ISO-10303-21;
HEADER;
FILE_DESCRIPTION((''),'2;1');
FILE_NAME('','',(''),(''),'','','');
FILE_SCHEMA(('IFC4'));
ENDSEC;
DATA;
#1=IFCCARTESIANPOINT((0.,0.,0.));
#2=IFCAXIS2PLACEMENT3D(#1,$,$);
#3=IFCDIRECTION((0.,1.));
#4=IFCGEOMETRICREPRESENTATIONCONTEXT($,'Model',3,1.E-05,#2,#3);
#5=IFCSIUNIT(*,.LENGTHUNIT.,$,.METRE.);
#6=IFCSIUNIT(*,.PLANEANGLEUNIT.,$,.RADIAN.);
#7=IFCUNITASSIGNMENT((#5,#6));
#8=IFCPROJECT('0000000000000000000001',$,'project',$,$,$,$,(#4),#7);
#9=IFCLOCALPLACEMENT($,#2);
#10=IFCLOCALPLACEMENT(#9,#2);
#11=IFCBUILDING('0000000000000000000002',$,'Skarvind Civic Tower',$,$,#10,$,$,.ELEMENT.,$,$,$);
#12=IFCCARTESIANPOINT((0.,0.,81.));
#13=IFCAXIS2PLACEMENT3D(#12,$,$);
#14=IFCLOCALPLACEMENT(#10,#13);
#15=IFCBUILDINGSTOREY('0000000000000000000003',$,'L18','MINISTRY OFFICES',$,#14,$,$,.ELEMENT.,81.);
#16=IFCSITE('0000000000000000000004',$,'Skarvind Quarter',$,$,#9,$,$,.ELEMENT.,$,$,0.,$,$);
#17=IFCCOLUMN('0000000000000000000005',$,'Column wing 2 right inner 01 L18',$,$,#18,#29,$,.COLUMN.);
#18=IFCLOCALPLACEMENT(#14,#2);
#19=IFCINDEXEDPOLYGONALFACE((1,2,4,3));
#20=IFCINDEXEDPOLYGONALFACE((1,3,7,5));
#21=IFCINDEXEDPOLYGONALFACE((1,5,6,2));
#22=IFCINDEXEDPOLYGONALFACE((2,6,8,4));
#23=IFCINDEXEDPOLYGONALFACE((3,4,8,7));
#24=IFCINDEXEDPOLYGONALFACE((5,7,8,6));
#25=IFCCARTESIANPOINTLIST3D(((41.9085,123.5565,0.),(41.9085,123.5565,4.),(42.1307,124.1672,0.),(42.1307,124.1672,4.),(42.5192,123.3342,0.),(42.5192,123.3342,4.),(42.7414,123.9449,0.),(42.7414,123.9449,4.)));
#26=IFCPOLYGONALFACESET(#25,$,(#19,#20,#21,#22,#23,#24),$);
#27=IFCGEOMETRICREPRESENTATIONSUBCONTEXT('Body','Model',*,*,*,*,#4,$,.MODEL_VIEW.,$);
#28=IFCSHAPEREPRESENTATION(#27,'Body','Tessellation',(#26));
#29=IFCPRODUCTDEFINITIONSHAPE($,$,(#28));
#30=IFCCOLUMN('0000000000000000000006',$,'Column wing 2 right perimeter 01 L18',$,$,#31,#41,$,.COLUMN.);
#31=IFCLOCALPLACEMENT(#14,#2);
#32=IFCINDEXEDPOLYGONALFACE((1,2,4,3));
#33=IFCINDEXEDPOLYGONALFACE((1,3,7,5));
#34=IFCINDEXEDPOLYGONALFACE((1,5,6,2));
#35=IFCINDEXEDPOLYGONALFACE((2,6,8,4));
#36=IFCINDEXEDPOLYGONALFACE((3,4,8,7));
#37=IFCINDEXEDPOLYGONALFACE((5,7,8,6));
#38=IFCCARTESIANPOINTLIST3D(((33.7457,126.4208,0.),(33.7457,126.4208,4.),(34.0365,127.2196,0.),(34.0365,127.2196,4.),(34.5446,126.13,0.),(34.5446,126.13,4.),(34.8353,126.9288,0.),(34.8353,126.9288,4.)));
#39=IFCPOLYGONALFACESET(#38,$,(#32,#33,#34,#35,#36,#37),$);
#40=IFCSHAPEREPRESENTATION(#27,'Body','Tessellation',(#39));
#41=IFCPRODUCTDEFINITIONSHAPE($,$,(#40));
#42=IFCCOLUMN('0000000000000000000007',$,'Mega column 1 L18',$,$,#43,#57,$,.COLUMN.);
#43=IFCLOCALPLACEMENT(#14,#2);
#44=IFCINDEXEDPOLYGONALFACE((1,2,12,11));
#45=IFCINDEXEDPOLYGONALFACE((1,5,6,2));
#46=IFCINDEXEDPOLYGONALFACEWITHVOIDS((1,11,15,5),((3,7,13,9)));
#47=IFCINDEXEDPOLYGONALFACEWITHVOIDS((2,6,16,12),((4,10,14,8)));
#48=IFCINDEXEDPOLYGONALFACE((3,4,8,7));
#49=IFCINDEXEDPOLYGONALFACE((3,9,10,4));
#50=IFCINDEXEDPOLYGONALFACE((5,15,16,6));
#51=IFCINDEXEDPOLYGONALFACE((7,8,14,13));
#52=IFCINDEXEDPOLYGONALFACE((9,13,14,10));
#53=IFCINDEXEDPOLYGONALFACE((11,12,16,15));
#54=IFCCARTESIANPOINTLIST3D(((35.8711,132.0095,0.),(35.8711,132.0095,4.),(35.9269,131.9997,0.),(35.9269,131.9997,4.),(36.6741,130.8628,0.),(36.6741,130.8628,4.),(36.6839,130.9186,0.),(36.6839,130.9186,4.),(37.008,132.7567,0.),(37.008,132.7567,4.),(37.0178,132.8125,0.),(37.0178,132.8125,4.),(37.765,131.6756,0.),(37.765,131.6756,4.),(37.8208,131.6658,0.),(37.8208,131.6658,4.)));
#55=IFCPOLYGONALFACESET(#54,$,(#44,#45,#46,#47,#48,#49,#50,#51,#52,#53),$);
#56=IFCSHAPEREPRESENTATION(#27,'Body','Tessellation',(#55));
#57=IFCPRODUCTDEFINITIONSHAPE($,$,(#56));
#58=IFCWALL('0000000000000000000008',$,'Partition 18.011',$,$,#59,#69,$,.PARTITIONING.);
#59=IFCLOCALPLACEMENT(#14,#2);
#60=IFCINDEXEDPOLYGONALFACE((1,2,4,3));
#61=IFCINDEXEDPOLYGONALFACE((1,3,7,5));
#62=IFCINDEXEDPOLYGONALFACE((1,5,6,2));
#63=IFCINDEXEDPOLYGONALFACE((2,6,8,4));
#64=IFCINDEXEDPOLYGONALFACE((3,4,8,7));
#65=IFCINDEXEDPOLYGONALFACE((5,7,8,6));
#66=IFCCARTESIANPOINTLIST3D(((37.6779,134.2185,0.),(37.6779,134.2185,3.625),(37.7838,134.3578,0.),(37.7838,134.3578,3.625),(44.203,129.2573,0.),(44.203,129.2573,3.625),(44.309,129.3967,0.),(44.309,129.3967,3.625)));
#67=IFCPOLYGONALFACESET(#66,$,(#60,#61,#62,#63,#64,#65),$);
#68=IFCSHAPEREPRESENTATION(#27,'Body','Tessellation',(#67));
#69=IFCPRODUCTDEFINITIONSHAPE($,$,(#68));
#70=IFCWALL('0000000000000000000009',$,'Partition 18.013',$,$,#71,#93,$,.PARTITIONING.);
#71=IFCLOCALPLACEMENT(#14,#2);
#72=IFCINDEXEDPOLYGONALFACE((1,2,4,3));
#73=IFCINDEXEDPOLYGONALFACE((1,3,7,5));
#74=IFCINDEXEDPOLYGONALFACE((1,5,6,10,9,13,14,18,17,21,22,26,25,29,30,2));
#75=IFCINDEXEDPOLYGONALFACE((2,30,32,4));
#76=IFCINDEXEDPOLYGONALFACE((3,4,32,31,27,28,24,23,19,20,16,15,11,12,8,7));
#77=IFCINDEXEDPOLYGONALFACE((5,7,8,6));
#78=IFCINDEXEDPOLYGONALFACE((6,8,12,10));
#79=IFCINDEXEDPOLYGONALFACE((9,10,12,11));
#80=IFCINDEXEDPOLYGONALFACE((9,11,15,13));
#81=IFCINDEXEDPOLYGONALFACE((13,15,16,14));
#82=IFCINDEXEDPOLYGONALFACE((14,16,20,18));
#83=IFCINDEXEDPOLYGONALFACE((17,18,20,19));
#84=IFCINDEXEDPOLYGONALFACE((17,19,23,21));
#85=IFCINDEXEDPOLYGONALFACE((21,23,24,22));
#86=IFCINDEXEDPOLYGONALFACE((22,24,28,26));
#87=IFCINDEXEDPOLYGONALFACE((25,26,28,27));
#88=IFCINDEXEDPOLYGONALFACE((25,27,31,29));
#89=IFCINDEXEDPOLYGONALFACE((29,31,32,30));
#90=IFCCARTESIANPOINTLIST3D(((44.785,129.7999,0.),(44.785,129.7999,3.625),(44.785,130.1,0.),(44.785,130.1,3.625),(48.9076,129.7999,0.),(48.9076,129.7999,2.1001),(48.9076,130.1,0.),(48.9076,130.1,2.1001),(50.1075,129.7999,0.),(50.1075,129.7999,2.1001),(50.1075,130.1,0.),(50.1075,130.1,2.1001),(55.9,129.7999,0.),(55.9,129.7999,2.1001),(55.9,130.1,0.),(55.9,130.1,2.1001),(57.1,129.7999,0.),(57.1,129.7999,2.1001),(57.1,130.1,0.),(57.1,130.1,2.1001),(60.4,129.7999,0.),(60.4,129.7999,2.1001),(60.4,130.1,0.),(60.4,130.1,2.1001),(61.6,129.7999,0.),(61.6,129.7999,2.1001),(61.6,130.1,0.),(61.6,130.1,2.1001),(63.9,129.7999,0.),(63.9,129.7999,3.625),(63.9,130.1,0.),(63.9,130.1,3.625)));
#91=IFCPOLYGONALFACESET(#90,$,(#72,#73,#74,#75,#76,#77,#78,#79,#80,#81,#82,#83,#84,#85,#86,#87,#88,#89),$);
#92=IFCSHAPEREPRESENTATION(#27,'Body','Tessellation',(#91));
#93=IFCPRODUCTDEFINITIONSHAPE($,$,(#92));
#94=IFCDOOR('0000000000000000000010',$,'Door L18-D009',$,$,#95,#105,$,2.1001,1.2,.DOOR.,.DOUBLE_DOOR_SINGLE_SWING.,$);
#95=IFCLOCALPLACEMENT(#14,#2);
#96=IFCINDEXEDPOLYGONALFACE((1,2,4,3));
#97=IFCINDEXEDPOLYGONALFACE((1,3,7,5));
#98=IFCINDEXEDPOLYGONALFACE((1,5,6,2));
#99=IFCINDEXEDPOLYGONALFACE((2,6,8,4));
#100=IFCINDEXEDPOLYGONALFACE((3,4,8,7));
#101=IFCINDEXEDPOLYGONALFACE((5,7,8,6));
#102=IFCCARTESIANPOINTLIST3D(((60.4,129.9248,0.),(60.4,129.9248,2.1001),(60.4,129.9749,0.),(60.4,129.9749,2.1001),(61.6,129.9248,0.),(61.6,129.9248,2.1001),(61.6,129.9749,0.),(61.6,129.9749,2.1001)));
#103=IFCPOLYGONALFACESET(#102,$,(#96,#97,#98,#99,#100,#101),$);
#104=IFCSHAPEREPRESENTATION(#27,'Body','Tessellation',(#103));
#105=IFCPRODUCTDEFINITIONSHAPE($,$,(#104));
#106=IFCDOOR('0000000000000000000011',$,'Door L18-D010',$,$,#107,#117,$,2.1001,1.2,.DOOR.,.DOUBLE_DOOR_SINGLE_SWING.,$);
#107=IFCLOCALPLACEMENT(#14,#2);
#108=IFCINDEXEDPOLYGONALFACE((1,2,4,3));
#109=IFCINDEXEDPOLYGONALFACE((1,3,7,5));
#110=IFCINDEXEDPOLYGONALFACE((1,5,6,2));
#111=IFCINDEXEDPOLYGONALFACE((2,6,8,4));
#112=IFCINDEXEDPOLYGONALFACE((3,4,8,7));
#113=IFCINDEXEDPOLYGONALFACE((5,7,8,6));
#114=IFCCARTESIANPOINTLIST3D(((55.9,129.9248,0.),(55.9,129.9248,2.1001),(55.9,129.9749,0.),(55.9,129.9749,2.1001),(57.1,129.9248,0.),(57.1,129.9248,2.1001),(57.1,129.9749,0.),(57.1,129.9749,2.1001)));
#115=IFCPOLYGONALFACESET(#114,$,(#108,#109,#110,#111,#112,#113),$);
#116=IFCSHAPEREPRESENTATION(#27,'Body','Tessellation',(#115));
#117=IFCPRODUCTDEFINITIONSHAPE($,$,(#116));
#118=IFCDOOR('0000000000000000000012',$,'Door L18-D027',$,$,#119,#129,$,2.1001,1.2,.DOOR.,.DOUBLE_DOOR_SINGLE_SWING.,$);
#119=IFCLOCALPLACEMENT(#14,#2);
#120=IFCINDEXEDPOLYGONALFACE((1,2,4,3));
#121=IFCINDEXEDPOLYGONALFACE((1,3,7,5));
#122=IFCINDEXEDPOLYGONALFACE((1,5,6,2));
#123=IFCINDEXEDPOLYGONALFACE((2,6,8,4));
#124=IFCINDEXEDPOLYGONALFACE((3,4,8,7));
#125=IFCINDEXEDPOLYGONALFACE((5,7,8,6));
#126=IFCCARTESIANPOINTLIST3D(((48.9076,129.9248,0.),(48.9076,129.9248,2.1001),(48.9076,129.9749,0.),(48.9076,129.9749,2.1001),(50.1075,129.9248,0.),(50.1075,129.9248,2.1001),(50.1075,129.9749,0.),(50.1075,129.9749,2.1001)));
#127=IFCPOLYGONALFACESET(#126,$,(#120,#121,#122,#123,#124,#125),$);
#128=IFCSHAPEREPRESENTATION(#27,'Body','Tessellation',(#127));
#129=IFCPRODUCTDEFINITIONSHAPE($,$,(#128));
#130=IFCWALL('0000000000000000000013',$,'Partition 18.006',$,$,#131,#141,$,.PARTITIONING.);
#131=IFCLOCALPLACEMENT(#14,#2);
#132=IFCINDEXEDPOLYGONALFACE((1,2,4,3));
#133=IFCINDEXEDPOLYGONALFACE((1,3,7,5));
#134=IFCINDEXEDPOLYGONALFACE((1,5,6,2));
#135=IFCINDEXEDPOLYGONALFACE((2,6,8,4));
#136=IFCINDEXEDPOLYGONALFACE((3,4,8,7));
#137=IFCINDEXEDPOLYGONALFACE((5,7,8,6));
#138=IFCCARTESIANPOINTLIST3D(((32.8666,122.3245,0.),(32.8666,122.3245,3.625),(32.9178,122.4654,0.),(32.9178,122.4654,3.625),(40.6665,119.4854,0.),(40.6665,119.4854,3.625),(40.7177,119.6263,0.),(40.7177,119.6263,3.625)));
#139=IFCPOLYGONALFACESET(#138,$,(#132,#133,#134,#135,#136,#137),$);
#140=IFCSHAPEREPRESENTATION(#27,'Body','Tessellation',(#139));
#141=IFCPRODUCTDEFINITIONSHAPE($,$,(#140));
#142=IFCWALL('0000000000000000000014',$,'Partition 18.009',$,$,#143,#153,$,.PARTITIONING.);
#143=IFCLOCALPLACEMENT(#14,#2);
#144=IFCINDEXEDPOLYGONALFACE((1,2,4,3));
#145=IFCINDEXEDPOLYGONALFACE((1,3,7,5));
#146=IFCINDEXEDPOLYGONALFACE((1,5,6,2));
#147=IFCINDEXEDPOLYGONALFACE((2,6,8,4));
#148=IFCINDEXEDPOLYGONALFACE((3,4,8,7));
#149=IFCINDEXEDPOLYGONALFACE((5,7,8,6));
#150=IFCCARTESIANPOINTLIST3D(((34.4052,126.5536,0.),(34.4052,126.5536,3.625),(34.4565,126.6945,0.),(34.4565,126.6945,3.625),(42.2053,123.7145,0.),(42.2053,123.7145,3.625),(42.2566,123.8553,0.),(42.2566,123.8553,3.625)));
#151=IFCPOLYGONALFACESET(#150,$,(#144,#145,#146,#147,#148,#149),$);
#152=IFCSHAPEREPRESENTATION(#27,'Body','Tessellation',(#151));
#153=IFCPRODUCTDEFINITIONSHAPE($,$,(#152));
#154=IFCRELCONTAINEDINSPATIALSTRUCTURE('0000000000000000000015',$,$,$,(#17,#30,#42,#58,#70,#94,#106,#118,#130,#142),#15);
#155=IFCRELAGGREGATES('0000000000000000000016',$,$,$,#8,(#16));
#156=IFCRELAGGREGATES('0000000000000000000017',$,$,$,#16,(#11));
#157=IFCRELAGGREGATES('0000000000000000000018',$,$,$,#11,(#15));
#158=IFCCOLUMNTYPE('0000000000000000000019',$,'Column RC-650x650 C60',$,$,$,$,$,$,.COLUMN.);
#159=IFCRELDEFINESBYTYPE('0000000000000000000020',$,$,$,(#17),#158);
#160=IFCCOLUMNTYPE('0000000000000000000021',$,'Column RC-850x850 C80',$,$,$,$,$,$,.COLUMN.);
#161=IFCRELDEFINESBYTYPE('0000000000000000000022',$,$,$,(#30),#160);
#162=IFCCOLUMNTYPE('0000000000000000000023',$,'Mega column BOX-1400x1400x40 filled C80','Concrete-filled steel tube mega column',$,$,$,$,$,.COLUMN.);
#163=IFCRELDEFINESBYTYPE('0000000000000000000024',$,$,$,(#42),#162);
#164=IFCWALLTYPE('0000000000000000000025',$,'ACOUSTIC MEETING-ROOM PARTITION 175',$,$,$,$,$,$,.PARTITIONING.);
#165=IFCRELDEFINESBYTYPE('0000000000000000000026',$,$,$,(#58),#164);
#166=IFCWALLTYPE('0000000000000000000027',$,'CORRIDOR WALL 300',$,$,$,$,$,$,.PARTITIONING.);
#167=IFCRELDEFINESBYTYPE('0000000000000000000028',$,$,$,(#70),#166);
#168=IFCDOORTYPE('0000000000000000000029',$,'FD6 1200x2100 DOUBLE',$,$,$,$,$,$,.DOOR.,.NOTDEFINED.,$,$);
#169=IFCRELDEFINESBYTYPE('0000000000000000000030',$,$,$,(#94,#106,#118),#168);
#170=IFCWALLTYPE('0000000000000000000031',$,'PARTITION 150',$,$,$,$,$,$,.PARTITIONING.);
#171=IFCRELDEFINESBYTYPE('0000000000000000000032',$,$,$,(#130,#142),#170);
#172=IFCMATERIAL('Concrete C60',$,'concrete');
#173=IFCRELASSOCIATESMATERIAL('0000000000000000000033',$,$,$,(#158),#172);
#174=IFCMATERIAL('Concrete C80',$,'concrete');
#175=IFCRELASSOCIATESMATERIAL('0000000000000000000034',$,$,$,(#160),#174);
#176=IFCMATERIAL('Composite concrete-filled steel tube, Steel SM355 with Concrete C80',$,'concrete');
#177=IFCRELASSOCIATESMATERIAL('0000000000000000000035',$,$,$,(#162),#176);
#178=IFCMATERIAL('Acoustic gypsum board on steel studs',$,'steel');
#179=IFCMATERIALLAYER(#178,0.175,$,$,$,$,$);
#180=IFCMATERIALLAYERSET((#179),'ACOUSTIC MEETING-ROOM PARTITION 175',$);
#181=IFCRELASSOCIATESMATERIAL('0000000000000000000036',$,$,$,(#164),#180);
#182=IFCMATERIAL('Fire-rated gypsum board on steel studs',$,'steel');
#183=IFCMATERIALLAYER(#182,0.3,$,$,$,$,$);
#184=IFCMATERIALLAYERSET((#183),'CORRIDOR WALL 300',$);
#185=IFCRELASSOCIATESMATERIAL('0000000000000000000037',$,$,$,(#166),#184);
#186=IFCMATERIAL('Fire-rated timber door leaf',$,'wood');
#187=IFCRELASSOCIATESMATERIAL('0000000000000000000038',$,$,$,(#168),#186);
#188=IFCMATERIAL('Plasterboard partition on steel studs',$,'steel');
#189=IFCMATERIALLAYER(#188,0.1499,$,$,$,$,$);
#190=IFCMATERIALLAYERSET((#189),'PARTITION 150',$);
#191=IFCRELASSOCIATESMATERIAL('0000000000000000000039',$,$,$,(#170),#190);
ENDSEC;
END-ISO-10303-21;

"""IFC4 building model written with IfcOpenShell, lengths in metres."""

from ifc_helpers import new_model, si_unit, direction, frame, frame_2d, origin, origin_2d, place, context, subcontext, project, spatial, rectangle, hollow_rectangle, extrude, material, layer, layer_set, material_profile, profile_set, type_object, element, fill, save


model = new_model("IFC4")

# Units and contexts
model_context = context("Model", 3, precision=1e-05, world=origin(), true_north=direction((0.0, 1.0)))
body_context = subcontext(model_context, "Body", "Model", "MODEL_VIEW")
ifc_project = project(units=[si_unit("LENGTHUNIT", "METRE"), si_unit("PLANEANGLEUNIT", "RADIAN")], contexts=[model_context])

# Site, building, storey
site_placement = place(None, origin())
site = spatial("IfcSite", under=ifc_project, at=site_placement, Name="Skarvind Quarter", CompositionType="ELEMENT", RefElevation=0.0)
building_placement = place(site_placement, origin())
building = spatial("IfcBuilding", under=site, at=building_placement, Name="Skarvind Civic Tower", CompositionType="ELEMENT")
storey_placement = place(building_placement, frame((0.0, 0.0, 81.0)))
storey = spatial("IfcBuildingStorey", under=building, at=storey_placement, Name="L18", Description="MINISTRY OFFICES", CompositionType="ELEMENT", Elevation=81.0)

# Columns
ifc_material_1 = material(Name="Concrete C60", Category="concrete")
ifc_material_profile_1 = material_profile(ifc_material_1, rectangle(XDim=0.6499, YDim=0.6499, at=origin_2d()), Name="RC-650x650")
ifc_profile_set_1 = profile_set([ifc_material_profile_1], Name="Concrete C60")
column_type_1 = type_object("IfcColumnType", Name="Column RC-650x650 C60", PredefinedType="COLUMN", material=ifc_profile_set_1)
column_1_placement = place(storey_placement, frame((42.325, 123.7507, 0.0), z_axis=(0.0, 0.0, 1.0), x_axis=(-0.34202, -0.939693, 0.0)))
element("IfcColumn", 1, at=column_1_placement, inside=storey, type_object=column_type_1, Name="Column wing 2 right inner 01 L18", PredefinedType="COLUMN", context=body_context, shape_type="SweptSolid", body=[
    extrude(rectangle(XDim=0.6499, YDim=0.6499, at=origin_2d()), origin(), (0.0, 0.0, 1.0), 4.0),
])
ifc_material_2 = material(Name="Concrete C80", Category="concrete")
ifc_material_profile_2 = material_profile(ifc_material_2, rectangle(XDim=0.8501, YDim=0.8501, at=origin_2d()), Name="RC-850x850")
ifc_profile_set_2 = profile_set([ifc_material_profile_2], Name="Concrete C80")
column_type_2 = type_object("IfcColumnType", Name="Column RC-850x850 C80", PredefinedType="COLUMN", material=ifc_profile_set_2)
column_2_placement = place(storey_placement, frame((34.2905, 126.6748, 0.0), z_axis=(0.0, 0.0, 1.0), x_axis=(-0.34202, -0.939693, 0.0)))
element("IfcColumn", 2, at=column_2_placement, inside=storey, type_object=column_type_2, Name="Column wing 2 right perimeter 01 L18", PredefinedType="COLUMN", context=body_context, shape_type="SweptSolid", body=[
    extrude(rectangle(XDim=0.8501, YDim=0.8501, at=origin_2d()), origin(), (0.0, 0.0, 1.0), 4.0),
])
ifc_material_3 = material(Name="Composite concrete-filled steel tube, Steel SM355 with Concrete C80", Category="concrete")
ifc_material_profile_3 = material_profile(ifc_material_3, hollow_rectangle(XDim=1.3999, YDim=1.3999, WallThickness=0.04, at=origin_2d()), Name="BOX-1400x1400x40")
ifc_profile_set_3 = profile_set([ifc_material_profile_3], Name="Composite concrete-filled steel tube, Steel SM355 with Concrete C80")
column_type_3 = type_object("IfcColumnType", Name="Mega column BOX-1400x1400x40 filled C80", Description="Concrete-filled steel tube mega column", PredefinedType="COLUMN", material=ifc_profile_set_3)
column_3_placement = place(storey_placement, frame((36.8459, 131.8376, 0.0), z_axis=(0.0, 0.0, 1.0), x_axis=(0.573576, -0.819152, 0.0)))
element("IfcColumn", 3, at=column_3_placement, inside=storey, type_object=column_type_3, Name="Mega column 1 L18", PredefinedType="COLUMN", context=body_context, shape_type="SweptSolid", body=[
    extrude(hollow_rectangle(XDim=1.3999, YDim=1.3999, WallThickness=0.04, at=origin_2d()), origin(), (0.0, 0.0, 1.0), 4.0),
])

# Wall
ifc_material_4 = material(Name="Acoustic gypsum board on steel studs", Category="steel")
ifc_layer_1 = layer(ifc_material_4, 0.175)
ifc_layer_set_1 = layer_set([ifc_layer_1], Name="ACOUSTIC MEETING-ROOM PARTITION 175")
wall_type_1 = type_object("IfcWallType", Name="ACOUSTIC MEETING-ROOM PARTITION 175", PredefinedType="PARTITIONING", material=ifc_layer_set_1)
wall_1_placement = place(storey_placement, frame((44.2561, 129.3269, 0.0), z_axis=(0.0, 0.0, 1.0), x_axis=(-0.796041, 0.605243, 0.0)))
element("IfcWall", 4, at=wall_1_placement, inside=storey, type_object=wall_type_1, Name="Partition 18.011", PredefinedType="PARTITIONING", context=body_context, shape_type="SweptSolid", body=[
    extrude(rectangle(XDim=8.197, YDim=0.175, at=frame_2d((4.0986, 0.0))), origin(), (0.0, 0.0, 1.0), 3.625),
])

# Wall, openings, doors
ifc_material_5 = material(Name="Fire-rated gypsum board on steel studs", Category="steel")
ifc_layer_2 = layer(ifc_material_5, 0.3)
ifc_layer_set_2 = layer_set([ifc_layer_2], Name="CORRIDOR WALL 300")
wall_type_2 = type_object("IfcWallType", Name="CORRIDOR WALL 300", PredefinedType="PARTITIONING", material=ifc_layer_set_2)
wall_2_placement = place(storey_placement, frame((44.7849, 129.95, 0.0), z_axis=(0.0, 0.0, 1.0), x_axis=(1.0, 0.0, 0.0)))
wall_2 = element("IfcWall", 5, at=wall_2_placement, inside=storey, type_object=wall_type_2, Name="Partition 18.013", PredefinedType="PARTITIONING", context=body_context, shape_type="SweptSolid", body=[
    extrude(rectangle(XDim=19.115, YDim=0.3, at=frame_2d((9.5576, 0.0))), origin(), (0.0, 0.0, 1.0), 3.625),
])
opening_1_placement = place(wall_2_placement, frame((15.615, 0.0, 0.0)))
opening_1 = element("IfcOpeningElement", 6, at=opening_1_placement, cuts=wall_2, PredefinedType="OPENING", context=body_context, shape_type="SweptSolid", body=[
    extrude(rectangle(XDim=1.2, YDim=2.1001, at=frame_2d((0.6001, 1.05))), frame((0.0, 0.1599, 0.0), z_axis=(0.0, -1.0, 0.0), x_axis=(1.0, 0.0, 0.0)), (0.0, 0.0, 1.0), 0.3201),
])
opening_2_placement = place(wall_2_placement, frame((11.115, 0.0, 0.0)))
opening_2 = element("IfcOpeningElement", 7, at=opening_2_placement, cuts=wall_2, PredefinedType="OPENING", context=body_context, shape_type="SweptSolid", body=[
    extrude(rectangle(XDim=1.2, YDim=2.1001, at=frame_2d((0.6001, 1.05))), frame((0.0, 0.1599, 0.0), z_axis=(0.0, -1.0, 0.0), x_axis=(1.0, 0.0, 0.0)), (0.0, 0.0, 1.0), 0.3201),
])
opening_3_placement = place(wall_2_placement, frame((4.1226, 0.0, 0.0)))
opening_3 = element("IfcOpeningElement", 8, at=opening_3_placement, cuts=wall_2, PredefinedType="OPENING", context=body_context, shape_type="SweptSolid", body=[
    extrude(rectangle(XDim=1.2, YDim=2.1001, at=frame_2d((0.6001, 1.05))), frame((0.0, 0.1599, 0.0), z_axis=(0.0, -1.0, 0.0), x_axis=(1.0, 0.0, 0.0)), (0.0, 0.0, 1.0), 0.3201),
])
ifc_material_6 = material(Name="Fire-rated timber door leaf", Category="wood")
door_type = type_object("IfcDoorType", Name="FD6 1200x2100 DOUBLE", OperationType="NOTDEFINED", PredefinedType="DOOR", material=ifc_material_6)
door_1_placement = place(opening_1_placement, origin())
door_1 = element("IfcDoor", 9, at=door_1_placement, inside=storey, type_object=door_type, Name="Door L18-D009", OperationType="DOUBLE_DOOR_SINGLE_SWING", OverallHeight=2.1001, OverallWidth=1.2, PredefinedType="DOOR", context=body_context, shape_type="SweptSolid", body=[
    extrude(rectangle(XDim=1.2, YDim=2.1001, at=frame_2d((0.6001, 1.05))), frame((0.0, 0.0249, 0.0), z_axis=(0.0, -1.0, 0.0), x_axis=(1.0, 0.0, 0.0)), (0.0, 0.0, 1.0), 0.05),
])
fill(opening_1, door_1)
door_2_placement = place(opening_2_placement, origin())
door_2 = element("IfcDoor", 10, at=door_2_placement, inside=storey, type_object=door_type, Name="Door L18-D010", OperationType="DOUBLE_DOOR_SINGLE_SWING", OverallHeight=2.1001, OverallWidth=1.2, PredefinedType="DOOR", context=body_context, shape_type="SweptSolid", body=[
    extrude(rectangle(XDim=1.2, YDim=2.1001, at=frame_2d((0.6001, 1.05))), frame((0.0, 0.0249, 0.0), z_axis=(0.0, -1.0, 0.0), x_axis=(1.0, 0.0, 0.0)), (0.0, 0.0, 1.0), 0.05),
])
fill(opening_2, door_2)
door_3_placement = place(opening_3_placement, origin())
door_3 = element("IfcDoor", 11, at=door_3_placement, inside=storey, type_object=door_type, Name="Door L18-D027", OperationType="DOUBLE_DOOR_SINGLE_SWING", OverallHeight=2.1001, OverallWidth=1.2, PredefinedType="DOOR", context=body_context, shape_type="SweptSolid", body=[
    extrude(rectangle(XDim=1.2, YDim=2.1001, at=frame_2d((0.6001, 1.05))), frame((0.0, 0.0249, 0.0), z_axis=(0.0, -1.0, 0.0), x_axis=(1.0, 0.0, 0.0)), (0.0, 0.0, 1.0), 0.05),
])
fill(opening_3, door_3)

# Walls
ifc_material_7 = material(Name="Plasterboard partition on steel studs", Category="steel")
ifc_layer_3 = layer(ifc_material_7, 0.1499)
ifc_layer_set_3 = layer_set([ifc_layer_3], Name="PARTITION 150")
wall_type_3 = type_object("IfcWallType", Name="PARTITION 150", PredefinedType="PARTITIONING", material=ifc_layer_set_3)
wall_3_placement = place(storey_placement, frame((32.8921, 122.395, 0.0), z_axis=(0.0, 0.0, 1.0), x_axis=(0.939684, -0.342043, 0.0)))
element("IfcWall", 12, at=wall_3_placement, inside=storey, type_object=wall_type_3, Name="Partition 18.006", PredefinedType="PARTITIONING", context=body_context, shape_type="SweptSolid", body=[
    extrude(rectangle(XDim=8.3005, YDim=0.1499, at=frame_2d((4.1504, 0.0))), origin(), (0.0, 0.0, 1.0), 3.625),
])
wall_4_placement = place(storey_placement, frame((42.231, 123.7849, 0.0), z_axis=(0.0, 0.0, 1.0), x_axis=(-0.939688, 0.342034, 0.0)))
element("IfcWall", 13, at=wall_4_placement, inside=storey, type_object=wall_type_3, Name="Partition 18.009", PredefinedType="PARTITIONING", context=body_context, shape_type="SweptSolid", body=[
    extrude(rectangle(XDim=8.3008, YDim=0.1499, at=frame_2d((4.1504, 0.0))), origin(), (0.0, 0.0, 1.0), 3.625),
])

save(model, "model.ifc")
